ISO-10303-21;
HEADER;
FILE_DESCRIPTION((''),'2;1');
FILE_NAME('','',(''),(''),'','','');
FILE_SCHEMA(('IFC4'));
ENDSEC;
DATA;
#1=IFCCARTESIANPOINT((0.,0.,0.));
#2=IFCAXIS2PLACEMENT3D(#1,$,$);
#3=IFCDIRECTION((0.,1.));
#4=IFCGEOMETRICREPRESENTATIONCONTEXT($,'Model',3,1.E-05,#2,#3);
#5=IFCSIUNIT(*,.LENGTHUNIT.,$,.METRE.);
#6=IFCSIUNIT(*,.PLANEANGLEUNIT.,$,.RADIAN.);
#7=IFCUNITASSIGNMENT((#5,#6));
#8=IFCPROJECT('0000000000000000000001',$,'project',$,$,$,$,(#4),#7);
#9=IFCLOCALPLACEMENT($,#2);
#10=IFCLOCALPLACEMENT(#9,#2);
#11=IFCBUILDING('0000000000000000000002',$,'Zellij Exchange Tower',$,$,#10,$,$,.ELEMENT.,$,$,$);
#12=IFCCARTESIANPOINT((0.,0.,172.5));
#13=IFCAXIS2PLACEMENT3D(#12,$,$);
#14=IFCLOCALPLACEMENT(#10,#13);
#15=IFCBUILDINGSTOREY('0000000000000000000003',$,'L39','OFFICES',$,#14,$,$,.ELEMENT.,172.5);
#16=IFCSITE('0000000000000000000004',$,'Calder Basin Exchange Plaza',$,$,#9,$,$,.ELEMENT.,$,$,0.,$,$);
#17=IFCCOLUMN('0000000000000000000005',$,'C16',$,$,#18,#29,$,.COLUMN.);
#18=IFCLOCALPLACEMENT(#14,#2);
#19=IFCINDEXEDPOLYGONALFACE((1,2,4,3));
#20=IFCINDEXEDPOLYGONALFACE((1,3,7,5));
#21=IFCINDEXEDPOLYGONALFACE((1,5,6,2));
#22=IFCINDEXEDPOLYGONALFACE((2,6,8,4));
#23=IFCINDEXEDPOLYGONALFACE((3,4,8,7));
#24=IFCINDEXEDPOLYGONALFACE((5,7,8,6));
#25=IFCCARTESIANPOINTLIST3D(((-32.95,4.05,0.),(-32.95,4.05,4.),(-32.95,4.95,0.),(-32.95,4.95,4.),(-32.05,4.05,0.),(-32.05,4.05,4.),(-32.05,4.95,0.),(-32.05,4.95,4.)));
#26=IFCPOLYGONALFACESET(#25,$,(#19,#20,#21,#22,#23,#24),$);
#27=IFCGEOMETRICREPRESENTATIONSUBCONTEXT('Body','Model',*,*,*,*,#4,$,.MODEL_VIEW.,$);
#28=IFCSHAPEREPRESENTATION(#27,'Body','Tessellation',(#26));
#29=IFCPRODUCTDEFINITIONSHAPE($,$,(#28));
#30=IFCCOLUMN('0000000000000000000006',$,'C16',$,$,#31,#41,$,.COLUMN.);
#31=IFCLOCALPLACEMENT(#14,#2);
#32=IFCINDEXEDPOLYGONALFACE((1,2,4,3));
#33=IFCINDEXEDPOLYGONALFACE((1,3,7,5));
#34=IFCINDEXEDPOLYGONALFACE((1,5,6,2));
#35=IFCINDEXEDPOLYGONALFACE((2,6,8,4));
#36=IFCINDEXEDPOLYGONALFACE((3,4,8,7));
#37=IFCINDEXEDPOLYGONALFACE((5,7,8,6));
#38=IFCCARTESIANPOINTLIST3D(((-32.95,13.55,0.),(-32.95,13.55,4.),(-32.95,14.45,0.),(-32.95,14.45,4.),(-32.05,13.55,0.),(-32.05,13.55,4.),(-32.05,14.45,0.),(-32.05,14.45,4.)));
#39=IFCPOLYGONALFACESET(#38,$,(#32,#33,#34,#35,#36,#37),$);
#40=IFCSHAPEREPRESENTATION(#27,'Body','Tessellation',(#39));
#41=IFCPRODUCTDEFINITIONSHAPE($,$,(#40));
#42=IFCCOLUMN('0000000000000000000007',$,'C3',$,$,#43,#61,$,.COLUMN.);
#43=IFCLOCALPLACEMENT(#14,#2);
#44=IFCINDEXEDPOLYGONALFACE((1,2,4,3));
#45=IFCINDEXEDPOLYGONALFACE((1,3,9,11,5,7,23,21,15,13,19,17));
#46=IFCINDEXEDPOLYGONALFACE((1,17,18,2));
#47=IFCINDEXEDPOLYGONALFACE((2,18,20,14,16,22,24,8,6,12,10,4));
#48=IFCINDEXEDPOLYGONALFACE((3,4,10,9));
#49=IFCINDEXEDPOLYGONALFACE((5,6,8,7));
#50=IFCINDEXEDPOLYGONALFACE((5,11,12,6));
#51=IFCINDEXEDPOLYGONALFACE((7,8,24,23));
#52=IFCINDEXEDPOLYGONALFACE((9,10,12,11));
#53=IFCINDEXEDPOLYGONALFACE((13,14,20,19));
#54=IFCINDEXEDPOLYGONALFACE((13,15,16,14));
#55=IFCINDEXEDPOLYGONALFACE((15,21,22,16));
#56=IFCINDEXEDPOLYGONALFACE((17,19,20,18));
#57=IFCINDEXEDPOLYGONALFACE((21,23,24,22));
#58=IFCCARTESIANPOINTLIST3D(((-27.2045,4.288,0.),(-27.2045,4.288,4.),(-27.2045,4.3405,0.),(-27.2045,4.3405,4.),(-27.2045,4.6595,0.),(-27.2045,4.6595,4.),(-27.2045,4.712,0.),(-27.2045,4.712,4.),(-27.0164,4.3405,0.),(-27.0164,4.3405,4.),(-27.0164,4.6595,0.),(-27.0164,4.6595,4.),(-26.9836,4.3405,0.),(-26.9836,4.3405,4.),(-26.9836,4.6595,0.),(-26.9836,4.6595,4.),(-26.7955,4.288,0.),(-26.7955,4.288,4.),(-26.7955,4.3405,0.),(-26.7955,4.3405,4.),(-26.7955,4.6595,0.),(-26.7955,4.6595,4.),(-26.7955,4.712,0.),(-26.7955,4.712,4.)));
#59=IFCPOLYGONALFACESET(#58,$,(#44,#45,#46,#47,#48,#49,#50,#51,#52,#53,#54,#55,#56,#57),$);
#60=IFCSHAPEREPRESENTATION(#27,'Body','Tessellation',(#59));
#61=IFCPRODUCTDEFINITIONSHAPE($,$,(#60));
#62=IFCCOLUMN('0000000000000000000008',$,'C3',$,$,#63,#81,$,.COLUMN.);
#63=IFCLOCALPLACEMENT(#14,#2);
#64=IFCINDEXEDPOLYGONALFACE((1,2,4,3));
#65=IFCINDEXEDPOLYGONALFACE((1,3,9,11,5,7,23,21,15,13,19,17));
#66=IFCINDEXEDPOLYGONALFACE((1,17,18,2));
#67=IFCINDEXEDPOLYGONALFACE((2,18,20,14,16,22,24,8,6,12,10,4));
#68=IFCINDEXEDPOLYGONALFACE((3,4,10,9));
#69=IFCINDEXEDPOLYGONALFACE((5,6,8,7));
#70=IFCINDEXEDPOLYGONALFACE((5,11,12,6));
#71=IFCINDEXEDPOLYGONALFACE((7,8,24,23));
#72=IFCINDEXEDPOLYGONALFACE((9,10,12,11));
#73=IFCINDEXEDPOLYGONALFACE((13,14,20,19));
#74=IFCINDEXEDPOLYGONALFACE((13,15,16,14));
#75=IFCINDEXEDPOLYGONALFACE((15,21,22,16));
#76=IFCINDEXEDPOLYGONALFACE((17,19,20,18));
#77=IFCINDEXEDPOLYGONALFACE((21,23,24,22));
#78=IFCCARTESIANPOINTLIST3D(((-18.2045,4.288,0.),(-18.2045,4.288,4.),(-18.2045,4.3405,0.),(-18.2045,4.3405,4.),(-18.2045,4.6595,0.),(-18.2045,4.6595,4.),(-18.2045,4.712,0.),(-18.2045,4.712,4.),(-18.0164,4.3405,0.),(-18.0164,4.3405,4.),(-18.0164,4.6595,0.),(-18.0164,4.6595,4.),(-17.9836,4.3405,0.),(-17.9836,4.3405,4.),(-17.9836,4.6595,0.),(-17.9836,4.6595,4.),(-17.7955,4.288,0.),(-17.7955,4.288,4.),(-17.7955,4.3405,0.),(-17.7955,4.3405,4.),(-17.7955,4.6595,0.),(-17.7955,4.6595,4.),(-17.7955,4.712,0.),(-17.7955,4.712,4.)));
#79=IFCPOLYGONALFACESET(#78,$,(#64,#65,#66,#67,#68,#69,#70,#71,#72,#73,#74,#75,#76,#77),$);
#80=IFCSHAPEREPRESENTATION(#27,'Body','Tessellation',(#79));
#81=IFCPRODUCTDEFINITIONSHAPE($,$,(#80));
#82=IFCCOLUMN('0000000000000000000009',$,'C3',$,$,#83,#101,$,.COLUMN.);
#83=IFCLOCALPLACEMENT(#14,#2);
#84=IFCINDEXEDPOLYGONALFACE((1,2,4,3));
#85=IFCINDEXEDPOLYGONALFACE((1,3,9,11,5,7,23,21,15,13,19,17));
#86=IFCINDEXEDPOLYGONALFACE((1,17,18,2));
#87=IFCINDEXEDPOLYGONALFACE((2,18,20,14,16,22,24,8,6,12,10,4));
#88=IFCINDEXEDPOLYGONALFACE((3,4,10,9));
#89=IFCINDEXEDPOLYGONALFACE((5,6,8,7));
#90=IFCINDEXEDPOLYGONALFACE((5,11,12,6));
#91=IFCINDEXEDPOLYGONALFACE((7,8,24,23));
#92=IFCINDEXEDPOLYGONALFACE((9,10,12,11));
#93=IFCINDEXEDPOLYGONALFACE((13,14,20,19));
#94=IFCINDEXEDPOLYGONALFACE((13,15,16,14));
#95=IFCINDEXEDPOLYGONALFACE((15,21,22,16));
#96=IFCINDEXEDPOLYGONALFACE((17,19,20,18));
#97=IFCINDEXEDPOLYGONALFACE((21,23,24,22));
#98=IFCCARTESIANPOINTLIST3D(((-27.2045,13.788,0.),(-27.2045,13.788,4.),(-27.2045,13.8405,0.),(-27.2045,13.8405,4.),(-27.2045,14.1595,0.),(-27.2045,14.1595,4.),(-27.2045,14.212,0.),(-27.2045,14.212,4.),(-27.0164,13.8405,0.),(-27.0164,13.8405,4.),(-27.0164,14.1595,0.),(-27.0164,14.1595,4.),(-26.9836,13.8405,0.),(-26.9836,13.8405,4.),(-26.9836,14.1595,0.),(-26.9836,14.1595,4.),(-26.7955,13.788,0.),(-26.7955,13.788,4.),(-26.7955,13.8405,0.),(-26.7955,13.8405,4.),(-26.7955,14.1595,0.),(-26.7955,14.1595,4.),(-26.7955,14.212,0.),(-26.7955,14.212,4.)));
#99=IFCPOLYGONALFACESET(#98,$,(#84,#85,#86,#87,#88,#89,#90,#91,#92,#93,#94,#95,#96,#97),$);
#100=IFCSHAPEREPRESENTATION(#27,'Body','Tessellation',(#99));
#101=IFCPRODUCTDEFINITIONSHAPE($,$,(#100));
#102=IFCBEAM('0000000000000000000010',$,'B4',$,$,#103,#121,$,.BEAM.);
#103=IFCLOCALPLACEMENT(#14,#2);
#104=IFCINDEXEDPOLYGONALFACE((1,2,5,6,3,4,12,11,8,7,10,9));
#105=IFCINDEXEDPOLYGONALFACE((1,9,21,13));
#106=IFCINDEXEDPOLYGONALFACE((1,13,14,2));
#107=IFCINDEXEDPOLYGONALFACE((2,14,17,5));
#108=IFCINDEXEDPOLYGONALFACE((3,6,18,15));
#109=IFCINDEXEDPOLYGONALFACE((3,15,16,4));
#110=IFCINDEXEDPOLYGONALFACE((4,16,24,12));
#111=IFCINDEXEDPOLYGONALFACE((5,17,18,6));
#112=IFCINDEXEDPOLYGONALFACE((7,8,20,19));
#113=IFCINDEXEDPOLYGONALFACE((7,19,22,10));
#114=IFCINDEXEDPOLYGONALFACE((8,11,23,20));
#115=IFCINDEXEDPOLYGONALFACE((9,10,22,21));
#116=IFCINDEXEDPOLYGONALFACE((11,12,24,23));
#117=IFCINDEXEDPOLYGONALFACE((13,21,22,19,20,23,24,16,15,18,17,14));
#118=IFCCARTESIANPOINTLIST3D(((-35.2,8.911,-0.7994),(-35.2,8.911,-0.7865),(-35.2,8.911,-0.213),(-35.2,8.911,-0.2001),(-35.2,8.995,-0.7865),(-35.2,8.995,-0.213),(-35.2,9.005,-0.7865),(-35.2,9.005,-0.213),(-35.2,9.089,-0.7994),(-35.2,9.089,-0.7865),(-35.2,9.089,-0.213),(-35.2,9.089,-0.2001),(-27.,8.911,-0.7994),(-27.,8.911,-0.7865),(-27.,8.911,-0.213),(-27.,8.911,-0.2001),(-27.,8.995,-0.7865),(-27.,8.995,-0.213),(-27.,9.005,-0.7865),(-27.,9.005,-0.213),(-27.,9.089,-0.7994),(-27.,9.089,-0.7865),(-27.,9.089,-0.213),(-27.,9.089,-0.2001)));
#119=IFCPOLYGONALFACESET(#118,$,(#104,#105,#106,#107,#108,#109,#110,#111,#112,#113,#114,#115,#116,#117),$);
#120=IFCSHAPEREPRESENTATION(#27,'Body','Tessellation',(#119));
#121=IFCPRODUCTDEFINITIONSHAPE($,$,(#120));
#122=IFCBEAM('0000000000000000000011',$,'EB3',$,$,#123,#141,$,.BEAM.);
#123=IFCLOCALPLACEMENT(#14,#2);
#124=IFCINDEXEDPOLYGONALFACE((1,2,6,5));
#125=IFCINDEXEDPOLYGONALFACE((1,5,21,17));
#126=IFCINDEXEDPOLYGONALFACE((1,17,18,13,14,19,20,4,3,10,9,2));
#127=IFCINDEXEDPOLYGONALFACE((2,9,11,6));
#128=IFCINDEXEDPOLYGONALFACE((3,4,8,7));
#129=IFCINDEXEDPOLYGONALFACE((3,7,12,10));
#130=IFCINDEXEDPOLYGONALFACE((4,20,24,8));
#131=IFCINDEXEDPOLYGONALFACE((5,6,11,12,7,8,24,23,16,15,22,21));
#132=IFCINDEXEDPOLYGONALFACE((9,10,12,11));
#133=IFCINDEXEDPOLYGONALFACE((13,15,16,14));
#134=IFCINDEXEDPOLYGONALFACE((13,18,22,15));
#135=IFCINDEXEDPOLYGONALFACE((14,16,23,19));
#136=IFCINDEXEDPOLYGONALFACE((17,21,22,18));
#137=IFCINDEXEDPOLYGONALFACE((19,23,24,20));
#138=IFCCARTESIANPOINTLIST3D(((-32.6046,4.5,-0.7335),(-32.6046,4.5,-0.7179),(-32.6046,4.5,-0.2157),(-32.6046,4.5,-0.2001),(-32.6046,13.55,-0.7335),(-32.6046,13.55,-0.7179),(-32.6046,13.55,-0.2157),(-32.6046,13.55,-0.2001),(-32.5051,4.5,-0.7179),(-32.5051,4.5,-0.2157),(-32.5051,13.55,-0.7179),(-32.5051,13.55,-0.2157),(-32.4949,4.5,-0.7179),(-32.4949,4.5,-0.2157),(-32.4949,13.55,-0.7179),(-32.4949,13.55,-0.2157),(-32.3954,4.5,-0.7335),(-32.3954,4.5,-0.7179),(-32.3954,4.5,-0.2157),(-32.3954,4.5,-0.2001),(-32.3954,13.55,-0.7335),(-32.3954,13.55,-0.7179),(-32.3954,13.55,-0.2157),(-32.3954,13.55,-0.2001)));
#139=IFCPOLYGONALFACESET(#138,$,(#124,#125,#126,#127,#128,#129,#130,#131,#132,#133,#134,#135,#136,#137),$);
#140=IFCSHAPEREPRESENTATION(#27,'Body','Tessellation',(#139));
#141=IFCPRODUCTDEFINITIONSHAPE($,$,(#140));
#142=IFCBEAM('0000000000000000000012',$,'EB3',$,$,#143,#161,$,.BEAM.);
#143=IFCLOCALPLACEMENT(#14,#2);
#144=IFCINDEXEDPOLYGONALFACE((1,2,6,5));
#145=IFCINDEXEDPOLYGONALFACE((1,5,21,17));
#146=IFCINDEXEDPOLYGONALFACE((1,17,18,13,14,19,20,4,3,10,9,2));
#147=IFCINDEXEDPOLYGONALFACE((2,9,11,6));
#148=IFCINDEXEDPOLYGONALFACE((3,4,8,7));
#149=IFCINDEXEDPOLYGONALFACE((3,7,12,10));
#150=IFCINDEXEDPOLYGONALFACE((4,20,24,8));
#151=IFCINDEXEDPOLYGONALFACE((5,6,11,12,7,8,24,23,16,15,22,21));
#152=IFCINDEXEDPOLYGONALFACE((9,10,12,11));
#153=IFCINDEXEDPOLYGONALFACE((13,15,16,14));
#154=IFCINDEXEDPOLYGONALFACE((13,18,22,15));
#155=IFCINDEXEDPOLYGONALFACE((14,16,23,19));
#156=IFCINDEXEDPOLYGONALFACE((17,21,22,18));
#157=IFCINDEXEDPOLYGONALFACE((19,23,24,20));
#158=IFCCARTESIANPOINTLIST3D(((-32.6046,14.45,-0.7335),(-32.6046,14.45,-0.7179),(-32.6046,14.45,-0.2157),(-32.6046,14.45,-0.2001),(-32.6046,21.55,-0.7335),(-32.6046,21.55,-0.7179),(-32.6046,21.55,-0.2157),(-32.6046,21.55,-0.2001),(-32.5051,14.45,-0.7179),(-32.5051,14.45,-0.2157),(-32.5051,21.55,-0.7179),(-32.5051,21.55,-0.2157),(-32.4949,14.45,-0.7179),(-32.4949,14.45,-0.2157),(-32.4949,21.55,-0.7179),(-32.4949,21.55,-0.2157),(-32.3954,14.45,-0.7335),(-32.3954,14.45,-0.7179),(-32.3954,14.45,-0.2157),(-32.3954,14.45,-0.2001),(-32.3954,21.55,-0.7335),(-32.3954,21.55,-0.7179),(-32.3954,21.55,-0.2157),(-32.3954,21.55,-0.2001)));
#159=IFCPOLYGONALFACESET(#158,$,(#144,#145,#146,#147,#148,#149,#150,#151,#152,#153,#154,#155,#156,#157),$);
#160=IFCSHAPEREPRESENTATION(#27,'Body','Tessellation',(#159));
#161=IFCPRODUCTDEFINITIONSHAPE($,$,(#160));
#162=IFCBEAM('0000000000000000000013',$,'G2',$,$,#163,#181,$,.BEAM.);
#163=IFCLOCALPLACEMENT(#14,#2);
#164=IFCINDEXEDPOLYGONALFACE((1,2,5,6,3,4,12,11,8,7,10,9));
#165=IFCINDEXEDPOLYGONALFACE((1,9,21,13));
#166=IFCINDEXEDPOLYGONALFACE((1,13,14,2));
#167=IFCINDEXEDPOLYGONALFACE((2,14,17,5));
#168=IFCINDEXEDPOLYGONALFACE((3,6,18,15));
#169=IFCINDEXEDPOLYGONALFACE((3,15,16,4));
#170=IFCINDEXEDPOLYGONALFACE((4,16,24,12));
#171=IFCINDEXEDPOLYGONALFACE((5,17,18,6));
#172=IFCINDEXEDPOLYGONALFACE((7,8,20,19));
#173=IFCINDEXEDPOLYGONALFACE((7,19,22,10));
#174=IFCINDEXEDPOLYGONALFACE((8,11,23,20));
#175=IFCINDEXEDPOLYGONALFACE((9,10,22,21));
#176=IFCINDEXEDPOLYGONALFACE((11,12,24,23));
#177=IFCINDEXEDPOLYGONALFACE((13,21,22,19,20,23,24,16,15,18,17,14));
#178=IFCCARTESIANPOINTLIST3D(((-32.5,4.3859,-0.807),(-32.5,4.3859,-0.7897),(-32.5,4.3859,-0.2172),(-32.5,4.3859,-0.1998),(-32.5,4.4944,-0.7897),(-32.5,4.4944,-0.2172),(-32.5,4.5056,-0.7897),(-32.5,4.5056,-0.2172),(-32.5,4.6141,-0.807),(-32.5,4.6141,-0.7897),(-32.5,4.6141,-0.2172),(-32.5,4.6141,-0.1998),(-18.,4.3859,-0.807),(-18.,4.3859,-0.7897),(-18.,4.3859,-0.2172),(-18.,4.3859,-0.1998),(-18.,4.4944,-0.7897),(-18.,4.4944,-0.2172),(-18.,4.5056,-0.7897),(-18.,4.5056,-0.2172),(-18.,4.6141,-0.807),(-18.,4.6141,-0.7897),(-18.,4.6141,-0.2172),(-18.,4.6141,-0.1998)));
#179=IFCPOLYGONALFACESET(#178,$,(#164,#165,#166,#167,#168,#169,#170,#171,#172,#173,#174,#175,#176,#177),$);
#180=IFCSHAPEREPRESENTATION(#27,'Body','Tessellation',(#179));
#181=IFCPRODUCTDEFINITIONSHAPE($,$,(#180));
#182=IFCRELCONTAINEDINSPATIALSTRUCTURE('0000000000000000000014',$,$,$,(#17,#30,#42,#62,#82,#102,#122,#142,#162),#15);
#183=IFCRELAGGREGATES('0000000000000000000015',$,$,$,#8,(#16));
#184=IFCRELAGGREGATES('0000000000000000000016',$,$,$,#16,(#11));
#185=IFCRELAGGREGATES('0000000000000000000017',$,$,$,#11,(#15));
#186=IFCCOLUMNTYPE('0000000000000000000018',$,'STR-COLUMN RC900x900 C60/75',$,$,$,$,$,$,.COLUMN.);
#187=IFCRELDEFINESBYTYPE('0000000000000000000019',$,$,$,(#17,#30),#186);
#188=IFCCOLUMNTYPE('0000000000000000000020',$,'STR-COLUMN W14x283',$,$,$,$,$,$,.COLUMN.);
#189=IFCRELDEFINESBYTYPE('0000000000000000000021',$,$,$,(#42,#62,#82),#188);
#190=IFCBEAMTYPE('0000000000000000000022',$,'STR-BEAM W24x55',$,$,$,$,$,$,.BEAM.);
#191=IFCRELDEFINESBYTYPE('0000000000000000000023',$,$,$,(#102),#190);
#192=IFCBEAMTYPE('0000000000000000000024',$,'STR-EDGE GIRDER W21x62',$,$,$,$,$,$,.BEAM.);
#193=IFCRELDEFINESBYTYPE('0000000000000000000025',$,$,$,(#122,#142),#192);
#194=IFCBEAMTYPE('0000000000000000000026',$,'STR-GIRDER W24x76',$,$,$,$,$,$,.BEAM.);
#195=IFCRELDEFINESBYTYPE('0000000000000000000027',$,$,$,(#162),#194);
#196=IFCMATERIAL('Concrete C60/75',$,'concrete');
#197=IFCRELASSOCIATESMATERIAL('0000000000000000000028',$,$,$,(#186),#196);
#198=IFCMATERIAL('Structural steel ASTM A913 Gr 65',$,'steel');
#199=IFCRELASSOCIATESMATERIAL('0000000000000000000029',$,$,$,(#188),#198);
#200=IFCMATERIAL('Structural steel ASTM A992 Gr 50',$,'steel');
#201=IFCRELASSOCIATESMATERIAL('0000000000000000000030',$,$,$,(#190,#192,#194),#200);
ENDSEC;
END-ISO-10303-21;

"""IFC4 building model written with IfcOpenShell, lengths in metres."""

from ifc_helpers import new_model, si_unit, direction, frame, origin, origin_2d, place, context, subcontext, project, spatial, rectangle, i_section, extrude, material, material_profile, profile_set, type_object, element, save


model = new_model("IFC4")

# Units and contexts
model_context = context("Model", 3, precision=1e-05, world=origin(), true_north=direction((0.0, 1.0)))
body_context = subcontext(model_context, "Body", "Model", "MODEL_VIEW")
ifc_project = project(units=[si_unit("LENGTHUNIT", "METRE"), si_unit("PLANEANGLEUNIT", "RADIAN")], contexts=[model_context])

# Site, building, storey
site_placement = place(None, origin())
site = spatial("IfcSite", under=ifc_project, at=site_placement, Name="Calder Basin Exchange Plaza", CompositionType="ELEMENT", RefElevation=0.0)
building_placement = place(site_placement, origin())
building = spatial("IfcBuilding", under=site, at=building_placement, Name="Zellij Exchange Tower", CompositionType="ELEMENT")
storey_placement = place(building_placement, frame((0.0, 0.0, 172.5)))
storey = spatial("IfcBuildingStorey", under=building, at=storey_placement, Name="L39", Description="OFFICES", CompositionType="ELEMENT", Elevation=172.5)

# Columns
ifc_material_1 = material(Name="Concrete C60/75", Category="concrete")
ifc_material_profile_1 = material_profile(ifc_material_1, rectangle(XDim=0.8999, YDim=0.8999, at=origin_2d()), Name="STR-COLUMN RC900x900 C60/75")
ifc_profile_set_1 = profile_set([ifc_material_profile_1], Name="Concrete C60/75")
column_type_1 = type_object("IfcColumnType", Name="STR-COLUMN RC900x900 C60/75", PredefinedType="COLUMN", material=ifc_profile_set_1)
for number, where, z_axis, x_axis, name in (
    (1, (-32.5, 4.5, 0.0), (0.0, 0.0, 1.0), (1.0, 0.0, 0.0), "C16"),
    (2, (-32.5, 14.0, 0.0), (0.0, 0.0, 1.0), (1.0, 0.0, 0.0), "C16"),
):
    element("IfcColumn", number, at=place(storey_placement, frame(where, z_axis=z_axis, x_axis=x_axis)), inside=storey, type_object=column_type_1, Name=name, PredefinedType="COLUMN", context=body_context, shape_type="SweptSolid", body=[
        extrude(rectangle(XDim=0.8999, YDim=0.8999, at=origin_2d()), origin(), (0.0, 0.0, 1.0), 4.0),
    ])
ifc_material_2 = material(Name="Structural steel ASTM A913 Gr 65", Category="steel")
ifc_material_profile_2 = material_profile(ifc_material_2, i_section(OverallWidth=0.4089, OverallDepth=0.4241, WebThickness=0.0327, FlangeThickness=0.0525, at=origin_2d()), Name="W14x283")
ifc_profile_set_2 = profile_set([ifc_material_profile_2], Name="Structural steel ASTM A913 Gr 65")
column_type_2 = type_object("IfcColumnType", Name="STR-COLUMN W14x283", PredefinedType="COLUMN", material=ifc_profile_set_2)
for number, where, z_axis, x_axis, name in (
    (3, (-27.0, 4.5, 0.0), (0.0, 0.0, 1.0), (1.0, 0.0, 0.0), "C3"),
    (4, (-18.0, 4.5, 0.0), (0.0, 0.0, 1.0), (1.0, 0.0, 0.0), "C3"),
    (5, (-27.0, 14.0, 0.0), (0.0, 0.0, 1.0), (1.0, 0.0, 0.0), "C3"),
):
    element("IfcColumn", number, at=place(storey_placement, frame(where, z_axis=z_axis, x_axis=x_axis)), inside=storey, type_object=column_type_2, Name=name, PredefinedType="COLUMN", context=body_context, shape_type="SweptSolid", body=[
        extrude(i_section(OverallWidth=0.4089, OverallDepth=0.4241, WebThickness=0.0327, FlangeThickness=0.0525, at=origin_2d()), origin(), (0.0, 0.0, 1.0), 4.0),
    ])

# Beams
ifc_material_3 = material(Name="Structural steel ASTM A992 Gr 50", Category="steel")
ifc_material_profile_3 = material_profile(ifc_material_3, i_section(OverallWidth=0.178, OverallDepth=0.5994, WebThickness=0.01, FlangeThickness=0.0129, at=origin_2d()), Name="W24x55")
ifc_profile_set_3 = profile_set([ifc_material_profile_3], Name="Structural steel ASTM A992 Gr 50")
beam_type_1 = type_object("IfcBeamType", Name="STR-BEAM W24x55", PredefinedType="BEAM", material=ifc_profile_set_3)
beam_1_placement = place(storey_placement, frame((-35.2, 9.0, -0.4998), z_axis=(1.0, 0.0, 0.0), x_axis=(0.0, 1.0, 0.0)))
element("IfcBeam", 6, at=beam_1_placement, inside=storey, type_object=beam_type_1, Name="B4", PredefinedType="BEAM", context=body_context, shape_type="SweptSolid", body=[
    extrude(i_section(OverallWidth=0.178, OverallDepth=0.5994, WebThickness=0.01, FlangeThickness=0.0129, at=origin_2d()), origin(), (0.0, 0.0, 1.0), 8.2),
])
ifc_material_profile_4 = material_profile(ifc_material_3, i_section(OverallWidth=0.2092, OverallDepth=0.5334, WebThickness=0.0103, FlangeThickness=0.0156, at=origin_2d()), Name="W21x62")
ifc_profile_set_4 = profile_set([ifc_material_profile_4], Name="Structural steel ASTM A992 Gr 50")
beam_type_2 = type_object("IfcBeamType", Name="STR-EDGE GIRDER W21x62", PredefinedType="BEAM", material=ifc_profile_set_4)
beam_2_placement = place(storey_placement, frame((-32.5, 4.5, -0.4668), z_axis=(0.0, 1.0, 0.0), x_axis=(-1.0, 0.0, 0.0)))
element("IfcBeam", 7, at=beam_2_placement, inside=storey, type_object=beam_type_2, Name="EB3", PredefinedType="BEAM", context=body_context, shape_type="SweptSolid", body=[
    extrude(i_section(OverallWidth=0.2092, OverallDepth=0.5334, WebThickness=0.0103, FlangeThickness=0.0156, at=origin_2d()), origin(), (0.0, 0.0, 1.0), 9.05),
])
beam_3_placement = place(storey_placement, frame((-32.5, 14.45, -0.4668), z_axis=(0.0, 1.0, 0.0), x_axis=(-1.0, 0.0, 0.0)))
element("IfcBeam", 8, at=beam_3_placement, inside=storey, type_object=beam_type_2, Name="EB3", PredefinedType="BEAM", context=body_context, shape_type="SweptSolid", body=[
    extrude(i_section(OverallWidth=0.2092, OverallDepth=0.5334, WebThickness=0.0103, FlangeThickness=0.0156, at=origin_2d()), origin(), (0.0, 0.0, 1.0), 7.1001),
])
ifc_material_profile_5 = material_profile(ifc_material_3, i_section(OverallWidth=0.2283, OverallDepth=0.6072, WebThickness=0.0112, FlangeThickness=0.0173, at=origin_2d()), Name="W24x76")
ifc_profile_set_5 = profile_set([ifc_material_profile_5], Name="Structural steel ASTM A992 Gr 50")
beam_type_3 = type_object("IfcBeamType", Name="STR-GIRDER W24x76", PredefinedType="BEAM", material=ifc_profile_set_5)
beam_4_placement = place(storey_placement, frame((-32.5, 4.5, -0.5034), z_axis=(1.0, 0.0, 0.0), x_axis=(0.0, 1.0, 0.0)))
element("IfcBeam", 9, at=beam_4_placement, inside=storey, type_object=beam_type_3, Name="G2", PredefinedType="BEAM", context=body_context, shape_type="SweptSolid", body=[
    extrude(i_section(OverallWidth=0.2283, OverallDepth=0.6072, WebThickness=0.0112, FlangeThickness=0.0173, at=origin_2d()), origin(), (0.0, 0.0, 1.0), 14.5),
])

save(model, "model.ifc")
